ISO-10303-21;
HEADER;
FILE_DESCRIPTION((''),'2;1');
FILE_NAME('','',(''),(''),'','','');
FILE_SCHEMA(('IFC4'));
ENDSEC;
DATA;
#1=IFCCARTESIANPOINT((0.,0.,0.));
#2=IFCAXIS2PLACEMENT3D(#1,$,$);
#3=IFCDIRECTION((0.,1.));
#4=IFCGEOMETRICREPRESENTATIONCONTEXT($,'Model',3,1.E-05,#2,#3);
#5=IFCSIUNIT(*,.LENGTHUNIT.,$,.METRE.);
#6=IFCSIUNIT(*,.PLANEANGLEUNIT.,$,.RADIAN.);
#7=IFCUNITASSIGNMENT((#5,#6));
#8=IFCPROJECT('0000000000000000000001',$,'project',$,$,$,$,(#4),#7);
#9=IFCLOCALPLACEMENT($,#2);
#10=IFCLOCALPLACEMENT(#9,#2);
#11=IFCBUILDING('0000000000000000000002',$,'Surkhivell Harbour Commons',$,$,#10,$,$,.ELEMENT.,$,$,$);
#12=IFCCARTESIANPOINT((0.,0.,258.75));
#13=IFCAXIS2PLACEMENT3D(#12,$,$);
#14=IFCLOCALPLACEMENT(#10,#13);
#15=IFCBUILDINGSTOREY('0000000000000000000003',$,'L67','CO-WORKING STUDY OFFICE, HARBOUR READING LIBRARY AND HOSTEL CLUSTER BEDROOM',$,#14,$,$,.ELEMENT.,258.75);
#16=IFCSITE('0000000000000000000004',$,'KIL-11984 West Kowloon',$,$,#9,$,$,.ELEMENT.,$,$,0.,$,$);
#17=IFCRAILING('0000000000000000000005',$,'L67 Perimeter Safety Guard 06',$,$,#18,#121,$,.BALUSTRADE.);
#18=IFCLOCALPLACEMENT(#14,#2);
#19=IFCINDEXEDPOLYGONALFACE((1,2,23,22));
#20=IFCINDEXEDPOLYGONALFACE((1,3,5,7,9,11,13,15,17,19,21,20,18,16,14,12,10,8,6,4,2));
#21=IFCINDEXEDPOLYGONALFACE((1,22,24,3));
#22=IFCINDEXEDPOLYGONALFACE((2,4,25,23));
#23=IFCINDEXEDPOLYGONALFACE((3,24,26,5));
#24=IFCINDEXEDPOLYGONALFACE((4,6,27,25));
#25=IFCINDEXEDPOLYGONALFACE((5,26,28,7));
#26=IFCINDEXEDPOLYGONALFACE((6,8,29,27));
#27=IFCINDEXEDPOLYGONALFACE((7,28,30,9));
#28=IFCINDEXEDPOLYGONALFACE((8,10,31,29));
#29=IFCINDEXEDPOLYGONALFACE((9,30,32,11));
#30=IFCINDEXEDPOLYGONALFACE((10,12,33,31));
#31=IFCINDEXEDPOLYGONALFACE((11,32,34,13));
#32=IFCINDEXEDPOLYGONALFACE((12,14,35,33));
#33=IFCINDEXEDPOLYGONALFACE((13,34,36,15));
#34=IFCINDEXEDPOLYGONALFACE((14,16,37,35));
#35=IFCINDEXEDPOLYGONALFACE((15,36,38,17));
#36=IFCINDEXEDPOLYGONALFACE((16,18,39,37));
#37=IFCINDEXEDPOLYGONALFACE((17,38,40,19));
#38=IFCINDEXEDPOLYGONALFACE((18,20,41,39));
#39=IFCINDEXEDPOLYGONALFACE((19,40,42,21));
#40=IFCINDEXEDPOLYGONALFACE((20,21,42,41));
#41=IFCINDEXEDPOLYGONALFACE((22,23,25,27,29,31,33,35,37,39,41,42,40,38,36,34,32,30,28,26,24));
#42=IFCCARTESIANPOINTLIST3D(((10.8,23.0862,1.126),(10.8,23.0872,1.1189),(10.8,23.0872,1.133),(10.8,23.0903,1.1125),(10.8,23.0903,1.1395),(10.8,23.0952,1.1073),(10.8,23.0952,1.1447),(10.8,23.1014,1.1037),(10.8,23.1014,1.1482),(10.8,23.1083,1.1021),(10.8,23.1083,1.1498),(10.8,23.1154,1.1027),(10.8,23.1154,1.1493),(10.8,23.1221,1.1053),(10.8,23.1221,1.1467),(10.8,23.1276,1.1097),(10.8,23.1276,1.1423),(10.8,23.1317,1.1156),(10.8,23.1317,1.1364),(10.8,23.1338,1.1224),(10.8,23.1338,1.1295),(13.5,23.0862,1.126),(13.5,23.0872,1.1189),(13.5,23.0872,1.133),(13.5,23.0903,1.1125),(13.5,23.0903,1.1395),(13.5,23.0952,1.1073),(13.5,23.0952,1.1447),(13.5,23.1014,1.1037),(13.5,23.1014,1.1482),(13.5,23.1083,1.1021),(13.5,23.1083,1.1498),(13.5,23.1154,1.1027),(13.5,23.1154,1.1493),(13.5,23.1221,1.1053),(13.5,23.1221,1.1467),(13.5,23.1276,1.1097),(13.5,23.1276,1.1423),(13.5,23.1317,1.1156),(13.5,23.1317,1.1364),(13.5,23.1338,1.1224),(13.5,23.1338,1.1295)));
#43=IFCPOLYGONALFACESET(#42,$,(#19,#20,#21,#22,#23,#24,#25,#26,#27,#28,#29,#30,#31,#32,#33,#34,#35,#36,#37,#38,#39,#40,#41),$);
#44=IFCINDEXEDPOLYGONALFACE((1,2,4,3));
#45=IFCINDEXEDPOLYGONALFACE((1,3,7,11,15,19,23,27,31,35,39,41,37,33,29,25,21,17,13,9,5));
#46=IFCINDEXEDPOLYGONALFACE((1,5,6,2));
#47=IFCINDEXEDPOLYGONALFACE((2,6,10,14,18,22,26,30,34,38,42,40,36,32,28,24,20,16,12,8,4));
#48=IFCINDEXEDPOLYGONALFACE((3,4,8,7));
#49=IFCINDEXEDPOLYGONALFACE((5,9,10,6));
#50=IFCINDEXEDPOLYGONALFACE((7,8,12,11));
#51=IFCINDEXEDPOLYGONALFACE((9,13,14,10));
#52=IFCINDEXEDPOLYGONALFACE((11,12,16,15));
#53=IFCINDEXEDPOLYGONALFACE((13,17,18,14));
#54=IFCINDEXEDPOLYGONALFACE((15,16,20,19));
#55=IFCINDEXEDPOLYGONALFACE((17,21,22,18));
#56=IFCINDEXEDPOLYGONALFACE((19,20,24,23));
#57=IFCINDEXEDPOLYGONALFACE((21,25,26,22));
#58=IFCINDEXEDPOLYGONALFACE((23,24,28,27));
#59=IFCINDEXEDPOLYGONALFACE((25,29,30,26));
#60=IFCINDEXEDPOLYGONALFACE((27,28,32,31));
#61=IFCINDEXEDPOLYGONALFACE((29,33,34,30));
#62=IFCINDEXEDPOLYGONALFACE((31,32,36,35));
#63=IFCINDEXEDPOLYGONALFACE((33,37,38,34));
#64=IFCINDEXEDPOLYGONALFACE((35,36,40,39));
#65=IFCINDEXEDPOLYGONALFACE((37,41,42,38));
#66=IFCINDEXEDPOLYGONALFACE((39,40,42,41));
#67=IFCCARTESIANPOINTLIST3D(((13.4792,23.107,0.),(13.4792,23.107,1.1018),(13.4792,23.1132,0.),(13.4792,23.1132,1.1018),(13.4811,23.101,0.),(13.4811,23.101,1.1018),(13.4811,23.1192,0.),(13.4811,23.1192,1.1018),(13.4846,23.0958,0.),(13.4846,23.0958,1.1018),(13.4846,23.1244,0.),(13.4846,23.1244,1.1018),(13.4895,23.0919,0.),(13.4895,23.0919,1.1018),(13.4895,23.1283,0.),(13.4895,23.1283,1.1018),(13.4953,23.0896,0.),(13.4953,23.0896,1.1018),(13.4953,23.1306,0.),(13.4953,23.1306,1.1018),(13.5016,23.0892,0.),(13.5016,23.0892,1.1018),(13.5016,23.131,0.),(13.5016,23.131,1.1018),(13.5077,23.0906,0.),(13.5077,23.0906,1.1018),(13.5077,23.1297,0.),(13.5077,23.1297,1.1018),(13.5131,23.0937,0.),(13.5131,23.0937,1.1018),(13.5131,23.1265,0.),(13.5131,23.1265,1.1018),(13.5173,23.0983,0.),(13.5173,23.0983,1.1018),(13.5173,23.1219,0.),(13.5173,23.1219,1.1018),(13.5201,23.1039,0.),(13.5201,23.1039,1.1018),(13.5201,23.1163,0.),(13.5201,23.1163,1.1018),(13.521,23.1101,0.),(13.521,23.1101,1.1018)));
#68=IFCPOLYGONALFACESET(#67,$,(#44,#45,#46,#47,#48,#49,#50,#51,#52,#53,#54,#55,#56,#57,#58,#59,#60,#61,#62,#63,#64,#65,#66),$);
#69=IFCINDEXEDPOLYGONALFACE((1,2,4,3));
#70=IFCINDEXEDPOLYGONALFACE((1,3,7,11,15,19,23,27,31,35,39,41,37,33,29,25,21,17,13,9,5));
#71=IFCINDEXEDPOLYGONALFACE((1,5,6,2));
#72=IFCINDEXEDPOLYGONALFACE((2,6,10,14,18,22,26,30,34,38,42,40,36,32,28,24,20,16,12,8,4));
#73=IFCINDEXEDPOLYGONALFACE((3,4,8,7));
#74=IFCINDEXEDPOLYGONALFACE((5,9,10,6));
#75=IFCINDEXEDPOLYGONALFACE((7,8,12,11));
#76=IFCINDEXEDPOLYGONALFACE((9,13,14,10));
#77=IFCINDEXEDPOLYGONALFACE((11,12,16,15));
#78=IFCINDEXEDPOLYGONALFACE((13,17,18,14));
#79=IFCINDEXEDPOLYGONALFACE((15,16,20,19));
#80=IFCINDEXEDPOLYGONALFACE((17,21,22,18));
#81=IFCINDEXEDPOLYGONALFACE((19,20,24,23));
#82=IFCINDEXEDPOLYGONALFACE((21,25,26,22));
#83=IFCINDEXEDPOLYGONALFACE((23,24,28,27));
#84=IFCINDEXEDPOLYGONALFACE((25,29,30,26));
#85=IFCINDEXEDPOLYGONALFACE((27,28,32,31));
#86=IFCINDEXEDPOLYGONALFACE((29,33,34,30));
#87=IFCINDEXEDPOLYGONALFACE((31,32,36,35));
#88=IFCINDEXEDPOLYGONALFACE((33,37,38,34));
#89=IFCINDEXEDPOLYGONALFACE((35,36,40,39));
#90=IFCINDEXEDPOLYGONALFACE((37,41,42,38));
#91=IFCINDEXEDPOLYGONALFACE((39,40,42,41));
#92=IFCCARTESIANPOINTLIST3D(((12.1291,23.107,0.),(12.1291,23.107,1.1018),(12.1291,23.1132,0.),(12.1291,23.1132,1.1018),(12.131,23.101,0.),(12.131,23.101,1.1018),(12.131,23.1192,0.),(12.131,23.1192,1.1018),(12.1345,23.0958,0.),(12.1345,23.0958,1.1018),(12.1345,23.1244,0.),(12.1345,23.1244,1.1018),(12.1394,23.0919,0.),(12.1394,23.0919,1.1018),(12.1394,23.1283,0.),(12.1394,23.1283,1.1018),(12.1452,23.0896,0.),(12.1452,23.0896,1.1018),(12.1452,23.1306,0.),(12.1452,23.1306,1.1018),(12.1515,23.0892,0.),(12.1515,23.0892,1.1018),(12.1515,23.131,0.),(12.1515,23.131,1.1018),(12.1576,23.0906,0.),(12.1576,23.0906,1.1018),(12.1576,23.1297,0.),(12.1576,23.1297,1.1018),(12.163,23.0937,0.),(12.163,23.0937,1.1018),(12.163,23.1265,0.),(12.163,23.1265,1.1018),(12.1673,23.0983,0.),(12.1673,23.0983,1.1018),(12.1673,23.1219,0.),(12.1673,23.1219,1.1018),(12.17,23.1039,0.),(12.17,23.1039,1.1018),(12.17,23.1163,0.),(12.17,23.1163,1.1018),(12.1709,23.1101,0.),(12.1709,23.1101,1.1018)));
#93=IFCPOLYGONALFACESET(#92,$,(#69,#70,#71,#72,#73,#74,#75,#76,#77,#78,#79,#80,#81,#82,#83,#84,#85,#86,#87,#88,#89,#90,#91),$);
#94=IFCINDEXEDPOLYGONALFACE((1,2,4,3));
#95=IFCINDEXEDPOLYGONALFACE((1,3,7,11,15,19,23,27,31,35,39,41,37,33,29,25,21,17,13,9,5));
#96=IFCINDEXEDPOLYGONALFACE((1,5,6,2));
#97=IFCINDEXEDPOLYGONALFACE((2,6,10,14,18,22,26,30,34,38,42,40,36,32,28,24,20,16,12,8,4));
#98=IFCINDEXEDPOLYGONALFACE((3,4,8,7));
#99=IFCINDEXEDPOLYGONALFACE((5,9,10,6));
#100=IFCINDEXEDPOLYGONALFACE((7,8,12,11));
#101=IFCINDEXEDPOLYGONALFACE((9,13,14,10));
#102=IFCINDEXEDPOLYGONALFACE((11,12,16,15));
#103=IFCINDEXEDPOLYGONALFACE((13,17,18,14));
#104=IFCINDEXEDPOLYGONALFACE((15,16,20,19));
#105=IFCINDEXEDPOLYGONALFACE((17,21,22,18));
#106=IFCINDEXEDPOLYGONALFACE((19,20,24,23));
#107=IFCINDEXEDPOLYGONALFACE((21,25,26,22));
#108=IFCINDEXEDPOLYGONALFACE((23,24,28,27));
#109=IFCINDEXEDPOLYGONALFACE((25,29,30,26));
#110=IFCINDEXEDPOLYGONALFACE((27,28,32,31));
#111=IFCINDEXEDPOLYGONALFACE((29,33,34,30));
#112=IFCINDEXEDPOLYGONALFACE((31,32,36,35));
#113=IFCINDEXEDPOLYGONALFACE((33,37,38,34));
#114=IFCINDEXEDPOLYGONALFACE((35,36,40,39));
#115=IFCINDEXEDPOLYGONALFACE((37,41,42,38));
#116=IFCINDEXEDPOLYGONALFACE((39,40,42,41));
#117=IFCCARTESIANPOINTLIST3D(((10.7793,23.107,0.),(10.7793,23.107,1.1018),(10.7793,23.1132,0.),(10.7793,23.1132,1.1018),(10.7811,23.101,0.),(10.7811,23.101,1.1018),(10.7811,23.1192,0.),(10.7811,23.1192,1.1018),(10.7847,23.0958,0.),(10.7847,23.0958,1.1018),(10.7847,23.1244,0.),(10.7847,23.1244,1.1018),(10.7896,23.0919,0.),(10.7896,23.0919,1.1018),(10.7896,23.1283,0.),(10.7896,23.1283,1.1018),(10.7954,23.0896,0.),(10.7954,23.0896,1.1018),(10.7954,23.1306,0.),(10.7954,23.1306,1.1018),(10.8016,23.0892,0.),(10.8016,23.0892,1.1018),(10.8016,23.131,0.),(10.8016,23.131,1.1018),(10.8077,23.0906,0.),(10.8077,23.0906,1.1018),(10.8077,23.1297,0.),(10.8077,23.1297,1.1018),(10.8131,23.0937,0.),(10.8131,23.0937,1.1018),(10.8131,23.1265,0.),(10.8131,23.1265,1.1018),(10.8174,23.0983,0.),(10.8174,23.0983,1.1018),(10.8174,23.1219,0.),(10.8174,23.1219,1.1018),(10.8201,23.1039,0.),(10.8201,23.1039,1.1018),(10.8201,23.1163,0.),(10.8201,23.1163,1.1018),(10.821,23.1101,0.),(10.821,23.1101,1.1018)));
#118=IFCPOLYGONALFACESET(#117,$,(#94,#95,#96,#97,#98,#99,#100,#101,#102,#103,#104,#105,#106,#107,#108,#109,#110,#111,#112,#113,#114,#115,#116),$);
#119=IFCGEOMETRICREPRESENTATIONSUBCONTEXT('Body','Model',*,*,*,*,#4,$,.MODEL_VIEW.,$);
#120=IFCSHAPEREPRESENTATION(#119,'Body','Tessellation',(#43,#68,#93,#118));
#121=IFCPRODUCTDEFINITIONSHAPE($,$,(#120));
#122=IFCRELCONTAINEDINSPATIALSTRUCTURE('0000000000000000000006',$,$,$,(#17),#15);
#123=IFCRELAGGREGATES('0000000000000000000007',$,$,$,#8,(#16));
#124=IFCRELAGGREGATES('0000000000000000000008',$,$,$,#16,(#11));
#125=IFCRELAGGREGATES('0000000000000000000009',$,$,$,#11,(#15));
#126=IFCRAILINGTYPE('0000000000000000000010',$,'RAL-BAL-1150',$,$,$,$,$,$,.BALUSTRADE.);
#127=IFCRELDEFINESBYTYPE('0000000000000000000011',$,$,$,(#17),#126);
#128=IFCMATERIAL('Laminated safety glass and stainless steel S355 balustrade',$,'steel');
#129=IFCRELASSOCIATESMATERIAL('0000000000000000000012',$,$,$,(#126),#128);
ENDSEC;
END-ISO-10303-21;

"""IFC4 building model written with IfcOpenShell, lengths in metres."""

from ifc_helpers import new_model, si_unit, direction, frame, origin, origin_2d, place, context, subcontext, project, spatial, circle, extrude, material, type_object, element, save


model = new_model("IFC4")

# Units and contexts
model_context = context("Model", 3, precision=1e-05, world=origin(), true_north=direction((0.0, 1.0)))
body_context = subcontext(model_context, "Body", "Model", "MODEL_VIEW")
ifc_project = project(units=[si_unit("LENGTHUNIT", "METRE"), si_unit("PLANEANGLEUNIT", "RADIAN")], contexts=[model_context])

# Site, building, storey
site_placement = place(None, origin())
site = spatial("IfcSite", under=ifc_project, at=site_placement, Name="KIL-11984 West Kowloon", CompositionType="ELEMENT", RefElevation=0.0)
building_placement = place(site_placement, origin())
building = spatial("IfcBuilding", under=site, at=building_placement, Name="Surkhivell Harbour Commons", CompositionType="ELEMENT")
storey_placement = place(building_placement, frame((0.0, 0.0, 258.75)))
storey = spatial("IfcBuildingStorey", under=building, at=storey_placement, Name="L67", Description="CO-WORKING STUDY OFFICE, HARBOUR READING LIBRARY AND HOSTEL CLUSTER BEDROOM", CompositionType="ELEMENT", Elevation=258.75)

# Railing
ifc_material_1 = material(Name="Laminated safety glass and stainless steel S355 balustrade", Category="steel")
railing_type = type_object("IfcRailingType", Name="RAL-BAL-1150", PredefinedType="BALUSTRADE", material=ifc_material_1)
railing_1_placement = place(storey_placement, frame((13.5, 23.1101, 0.0)))
element("IfcRailing", 1, at=railing_1_placement, inside=storey, type_object=railing_type, Name="L67 Perimeter Safety Guard 06", PredefinedType="BALUSTRADE", context=body_context, shape_type="SweptSolid", body=[
    extrude(circle(Radius=0.0239, at=origin_2d()), frame((0.0, 0.0, 1.126), z_axis=(-1.0, 0.0, 0.0), x_axis=(0.0, -1.0, 0.0)), (0.0, 0.0, 1.0), 2.7),
    extrude(circle(Radius=0.021, at=origin_2d()), origin(), (0.0, 0.0, 1.0), 1.1018),
    extrude(circle(Radius=0.021, at=origin_2d()), frame((-1.3501, 0.0, 0.0)), (0.0, 0.0, 1.0), 1.1018),
    extrude(circle(Radius=0.021, at=origin_2d()), frame((-2.7, 0.0, 0.0)), (0.0, 0.0, 1.0), 1.1018),
])

save(model, "model.ifc")
